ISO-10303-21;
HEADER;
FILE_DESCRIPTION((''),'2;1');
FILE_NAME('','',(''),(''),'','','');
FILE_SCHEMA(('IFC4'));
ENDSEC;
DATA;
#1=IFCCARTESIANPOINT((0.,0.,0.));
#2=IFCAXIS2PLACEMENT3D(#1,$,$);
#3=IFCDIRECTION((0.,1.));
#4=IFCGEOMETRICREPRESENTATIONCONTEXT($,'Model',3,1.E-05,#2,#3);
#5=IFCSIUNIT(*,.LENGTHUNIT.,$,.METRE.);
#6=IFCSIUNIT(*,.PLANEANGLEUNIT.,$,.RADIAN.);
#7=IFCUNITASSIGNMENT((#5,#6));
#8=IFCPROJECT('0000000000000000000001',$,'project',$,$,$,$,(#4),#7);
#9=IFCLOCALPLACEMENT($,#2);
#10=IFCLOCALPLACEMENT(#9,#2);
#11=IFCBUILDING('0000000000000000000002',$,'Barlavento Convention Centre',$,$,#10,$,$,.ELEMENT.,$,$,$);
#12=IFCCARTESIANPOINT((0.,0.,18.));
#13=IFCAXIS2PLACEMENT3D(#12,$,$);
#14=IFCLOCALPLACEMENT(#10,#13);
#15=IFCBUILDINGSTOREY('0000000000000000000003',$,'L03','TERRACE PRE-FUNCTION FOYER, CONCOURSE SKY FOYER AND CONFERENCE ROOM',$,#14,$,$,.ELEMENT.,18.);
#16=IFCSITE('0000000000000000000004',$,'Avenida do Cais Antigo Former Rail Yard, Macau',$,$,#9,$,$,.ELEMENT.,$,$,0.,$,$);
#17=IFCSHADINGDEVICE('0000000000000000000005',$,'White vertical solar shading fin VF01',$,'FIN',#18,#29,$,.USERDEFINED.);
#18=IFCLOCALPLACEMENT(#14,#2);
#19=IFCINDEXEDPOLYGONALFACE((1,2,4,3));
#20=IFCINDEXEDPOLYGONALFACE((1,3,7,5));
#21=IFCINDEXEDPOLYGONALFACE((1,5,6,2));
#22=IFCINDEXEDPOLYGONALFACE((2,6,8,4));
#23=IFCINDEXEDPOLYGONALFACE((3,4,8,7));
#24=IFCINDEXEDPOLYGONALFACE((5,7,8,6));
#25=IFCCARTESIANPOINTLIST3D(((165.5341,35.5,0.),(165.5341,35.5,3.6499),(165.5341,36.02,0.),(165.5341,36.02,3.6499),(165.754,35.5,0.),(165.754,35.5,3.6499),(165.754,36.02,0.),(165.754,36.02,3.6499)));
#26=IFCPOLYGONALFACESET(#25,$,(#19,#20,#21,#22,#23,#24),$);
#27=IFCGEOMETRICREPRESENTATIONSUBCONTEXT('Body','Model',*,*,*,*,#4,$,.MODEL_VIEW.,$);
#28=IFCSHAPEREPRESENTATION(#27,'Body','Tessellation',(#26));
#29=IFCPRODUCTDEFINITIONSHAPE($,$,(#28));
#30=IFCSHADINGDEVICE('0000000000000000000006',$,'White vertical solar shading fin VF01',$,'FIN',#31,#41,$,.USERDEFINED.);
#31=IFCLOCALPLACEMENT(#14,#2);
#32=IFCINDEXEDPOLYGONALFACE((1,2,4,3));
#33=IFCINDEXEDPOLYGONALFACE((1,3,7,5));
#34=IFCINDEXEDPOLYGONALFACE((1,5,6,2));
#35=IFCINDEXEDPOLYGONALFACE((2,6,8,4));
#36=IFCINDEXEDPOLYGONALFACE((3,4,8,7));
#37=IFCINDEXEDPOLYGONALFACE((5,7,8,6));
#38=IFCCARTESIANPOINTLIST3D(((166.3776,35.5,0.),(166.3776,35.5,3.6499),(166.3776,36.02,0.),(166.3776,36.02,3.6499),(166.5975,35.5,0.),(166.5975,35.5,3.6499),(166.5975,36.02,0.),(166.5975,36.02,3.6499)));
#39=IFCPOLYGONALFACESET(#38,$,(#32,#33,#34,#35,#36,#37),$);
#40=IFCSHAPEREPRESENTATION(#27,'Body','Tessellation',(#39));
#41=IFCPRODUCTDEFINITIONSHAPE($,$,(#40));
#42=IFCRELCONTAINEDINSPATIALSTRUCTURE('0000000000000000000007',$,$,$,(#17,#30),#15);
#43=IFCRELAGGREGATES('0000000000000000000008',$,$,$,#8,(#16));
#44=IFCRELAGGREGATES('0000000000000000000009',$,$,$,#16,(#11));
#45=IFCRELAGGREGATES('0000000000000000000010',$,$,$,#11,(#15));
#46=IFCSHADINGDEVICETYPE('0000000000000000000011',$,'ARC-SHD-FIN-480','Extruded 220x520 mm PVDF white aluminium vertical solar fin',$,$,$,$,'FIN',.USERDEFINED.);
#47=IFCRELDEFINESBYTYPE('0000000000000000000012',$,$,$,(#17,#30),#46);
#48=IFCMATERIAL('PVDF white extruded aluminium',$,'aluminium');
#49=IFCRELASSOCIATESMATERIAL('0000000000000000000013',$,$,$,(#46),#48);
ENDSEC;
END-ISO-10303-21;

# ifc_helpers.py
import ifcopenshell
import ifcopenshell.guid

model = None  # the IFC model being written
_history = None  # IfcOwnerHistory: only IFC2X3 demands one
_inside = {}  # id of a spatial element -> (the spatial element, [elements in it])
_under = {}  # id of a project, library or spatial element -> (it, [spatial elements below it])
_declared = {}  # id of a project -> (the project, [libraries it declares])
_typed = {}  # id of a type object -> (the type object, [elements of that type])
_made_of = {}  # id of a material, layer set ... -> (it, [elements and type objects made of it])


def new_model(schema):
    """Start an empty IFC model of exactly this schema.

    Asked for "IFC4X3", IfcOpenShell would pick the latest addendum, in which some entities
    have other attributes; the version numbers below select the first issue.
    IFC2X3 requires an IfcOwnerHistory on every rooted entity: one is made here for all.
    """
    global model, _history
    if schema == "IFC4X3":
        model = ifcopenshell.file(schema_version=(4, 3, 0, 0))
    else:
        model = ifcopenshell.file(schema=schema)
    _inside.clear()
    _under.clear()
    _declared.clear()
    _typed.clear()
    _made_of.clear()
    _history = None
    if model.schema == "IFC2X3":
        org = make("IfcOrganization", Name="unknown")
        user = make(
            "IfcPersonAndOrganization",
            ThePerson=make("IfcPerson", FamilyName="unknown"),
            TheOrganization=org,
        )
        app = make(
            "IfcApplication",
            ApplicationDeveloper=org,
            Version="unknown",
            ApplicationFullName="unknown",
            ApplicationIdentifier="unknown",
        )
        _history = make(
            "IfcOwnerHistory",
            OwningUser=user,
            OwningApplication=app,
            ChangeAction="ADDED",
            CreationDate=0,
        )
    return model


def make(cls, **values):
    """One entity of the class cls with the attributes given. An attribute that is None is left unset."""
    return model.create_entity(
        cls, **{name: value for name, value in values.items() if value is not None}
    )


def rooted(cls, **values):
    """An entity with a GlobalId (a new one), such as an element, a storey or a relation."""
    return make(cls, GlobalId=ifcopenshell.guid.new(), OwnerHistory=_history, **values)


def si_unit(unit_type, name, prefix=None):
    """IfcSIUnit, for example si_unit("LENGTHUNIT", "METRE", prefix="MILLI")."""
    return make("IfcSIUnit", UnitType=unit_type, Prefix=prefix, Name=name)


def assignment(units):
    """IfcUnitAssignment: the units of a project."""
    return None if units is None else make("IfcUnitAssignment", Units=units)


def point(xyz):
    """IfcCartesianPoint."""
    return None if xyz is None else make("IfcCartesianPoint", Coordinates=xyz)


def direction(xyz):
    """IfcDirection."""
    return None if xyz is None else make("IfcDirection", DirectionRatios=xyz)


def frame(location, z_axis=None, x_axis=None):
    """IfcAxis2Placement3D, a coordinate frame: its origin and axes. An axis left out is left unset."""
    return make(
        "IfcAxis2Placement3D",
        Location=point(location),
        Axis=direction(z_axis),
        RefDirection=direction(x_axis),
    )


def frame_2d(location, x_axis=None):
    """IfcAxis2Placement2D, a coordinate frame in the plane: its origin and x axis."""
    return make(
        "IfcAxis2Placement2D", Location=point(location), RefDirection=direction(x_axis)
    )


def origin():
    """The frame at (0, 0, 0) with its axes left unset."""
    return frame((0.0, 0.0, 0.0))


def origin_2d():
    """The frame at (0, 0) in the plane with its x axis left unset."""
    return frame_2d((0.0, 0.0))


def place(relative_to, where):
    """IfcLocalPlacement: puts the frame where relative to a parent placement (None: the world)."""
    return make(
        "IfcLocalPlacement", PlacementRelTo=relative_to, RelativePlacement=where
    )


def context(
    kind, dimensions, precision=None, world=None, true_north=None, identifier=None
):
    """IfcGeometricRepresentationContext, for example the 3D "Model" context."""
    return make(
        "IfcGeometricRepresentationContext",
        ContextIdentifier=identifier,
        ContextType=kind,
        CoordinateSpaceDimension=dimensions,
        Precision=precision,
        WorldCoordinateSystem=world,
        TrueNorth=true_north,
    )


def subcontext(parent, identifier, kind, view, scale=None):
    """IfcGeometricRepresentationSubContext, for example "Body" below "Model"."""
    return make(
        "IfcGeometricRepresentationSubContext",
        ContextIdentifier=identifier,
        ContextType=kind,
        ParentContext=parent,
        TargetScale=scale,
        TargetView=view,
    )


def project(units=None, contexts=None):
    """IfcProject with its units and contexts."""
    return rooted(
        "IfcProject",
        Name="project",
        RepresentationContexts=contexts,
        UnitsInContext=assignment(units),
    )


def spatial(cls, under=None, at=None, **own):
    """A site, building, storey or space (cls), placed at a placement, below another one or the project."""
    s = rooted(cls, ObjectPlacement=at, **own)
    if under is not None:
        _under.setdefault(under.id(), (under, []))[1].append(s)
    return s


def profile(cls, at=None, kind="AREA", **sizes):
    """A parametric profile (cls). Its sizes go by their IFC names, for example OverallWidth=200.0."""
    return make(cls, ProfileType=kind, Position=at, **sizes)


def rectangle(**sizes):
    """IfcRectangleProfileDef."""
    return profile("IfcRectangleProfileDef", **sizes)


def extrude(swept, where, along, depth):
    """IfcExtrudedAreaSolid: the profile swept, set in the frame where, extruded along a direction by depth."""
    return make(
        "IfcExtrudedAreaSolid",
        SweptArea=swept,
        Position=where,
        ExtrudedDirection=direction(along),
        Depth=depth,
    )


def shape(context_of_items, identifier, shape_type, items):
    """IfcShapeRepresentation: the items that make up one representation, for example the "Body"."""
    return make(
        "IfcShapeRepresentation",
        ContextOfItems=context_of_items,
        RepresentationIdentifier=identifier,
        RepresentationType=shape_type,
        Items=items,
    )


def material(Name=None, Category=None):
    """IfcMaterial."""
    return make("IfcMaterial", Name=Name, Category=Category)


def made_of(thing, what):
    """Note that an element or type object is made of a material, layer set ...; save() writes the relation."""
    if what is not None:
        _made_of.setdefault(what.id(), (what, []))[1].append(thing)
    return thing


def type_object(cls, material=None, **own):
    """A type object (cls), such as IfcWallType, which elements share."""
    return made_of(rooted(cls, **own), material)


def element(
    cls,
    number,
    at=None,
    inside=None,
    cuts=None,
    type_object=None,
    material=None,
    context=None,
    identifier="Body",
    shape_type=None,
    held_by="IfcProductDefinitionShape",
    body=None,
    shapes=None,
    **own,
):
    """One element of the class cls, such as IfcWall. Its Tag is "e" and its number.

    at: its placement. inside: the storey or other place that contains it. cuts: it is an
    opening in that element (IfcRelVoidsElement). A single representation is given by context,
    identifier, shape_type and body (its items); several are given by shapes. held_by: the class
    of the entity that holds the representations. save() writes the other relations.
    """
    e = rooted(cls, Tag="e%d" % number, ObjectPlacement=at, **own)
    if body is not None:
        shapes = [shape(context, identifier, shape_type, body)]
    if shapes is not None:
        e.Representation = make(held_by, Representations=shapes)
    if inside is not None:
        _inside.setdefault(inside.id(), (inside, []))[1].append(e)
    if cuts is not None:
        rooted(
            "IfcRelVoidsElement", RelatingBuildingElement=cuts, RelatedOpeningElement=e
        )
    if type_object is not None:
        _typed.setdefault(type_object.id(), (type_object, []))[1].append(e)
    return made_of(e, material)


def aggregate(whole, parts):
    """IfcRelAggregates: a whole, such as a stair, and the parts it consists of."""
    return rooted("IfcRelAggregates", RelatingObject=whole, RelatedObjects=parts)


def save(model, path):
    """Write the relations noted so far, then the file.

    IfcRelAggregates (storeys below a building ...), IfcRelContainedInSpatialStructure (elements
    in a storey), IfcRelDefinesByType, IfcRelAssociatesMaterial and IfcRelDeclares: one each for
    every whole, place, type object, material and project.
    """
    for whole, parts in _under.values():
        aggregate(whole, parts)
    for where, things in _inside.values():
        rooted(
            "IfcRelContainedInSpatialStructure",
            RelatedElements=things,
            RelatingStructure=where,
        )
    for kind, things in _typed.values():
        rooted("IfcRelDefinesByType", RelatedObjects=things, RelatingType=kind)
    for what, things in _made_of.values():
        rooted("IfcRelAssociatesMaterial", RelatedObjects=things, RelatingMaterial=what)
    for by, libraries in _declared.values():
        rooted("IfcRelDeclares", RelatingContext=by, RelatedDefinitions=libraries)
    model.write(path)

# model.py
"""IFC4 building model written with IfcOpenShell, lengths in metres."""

from ifc_helpers import new_model, si_unit, direction, frame, origin, origin_2d, place, context, subcontext, project, spatial, rectangle, extrude, material, type_object, element, save


model = new_model("IFC4")

# Units and contexts
model_context = context("Model", 3, precision=1e-05, world=origin(), true_north=direction((0.0, 1.0)))
body_context = subcontext(model_context, "Body", "Model", "MODEL_VIEW")
ifc_project = project(units=[si_unit("LENGTHUNIT", "METRE"), si_unit("PLANEANGLEUNIT", "RADIAN")], contexts=[model_context])

# Site, building, storey
site_placement = place(None, origin())
site = spatial("IfcSite", under=ifc_project, at=site_placement, Name="Avenida do Cais Antigo Former Rail Yard, Macau", CompositionType="ELEMENT", RefElevation=0.0)
building_placement = place(site_placement, origin())
building = spatial("IfcBuilding", under=site, at=building_placement, Name="Barlavento Convention Centre", CompositionType="ELEMENT")
storey_placement = place(building_placement, frame((0.0, 0.0, 18.0)))
storey = spatial("IfcBuildingStorey", under=building, at=storey_placement, Name="L03", Description="TERRACE PRE-FUNCTION FOYER, CONCOURSE SKY FOYER AND CONFERENCE ROOM", CompositionType="ELEMENT", Elevation=18.0)

# Shading devices
ifc_material_1 = material(Name="PVDF white extruded aluminium", Category="aluminium")
shading_device_type = type_object("IfcShadingDeviceType", Name="ARC-SHD-FIN-480", Description="Extruded 220x520 mm PVDF white aluminium vertical solar fin", ElementType="FIN", PredefinedType="USERDEFINED", material=ifc_material_1)
for number, where, z_axis, x_axis, name in (
    (1, (165.644, 35.76, 0.0), (0.0, 0.0, 1.0), (1.0, 0.0, 0.0), "White vertical solar shading fin VF01"),
    (2, (166.4875, 35.76, 0.0), (0.0, 0.0, 1.0), (1.0, 0.0, 0.0), "White vertical solar shading fin VF01"),
):
    element("IfcShadingDevice", number, at=place(storey_placement, frame(where, z_axis=z_axis, x_axis=x_axis)), inside=storey, type_object=shading_device_type, Name=name, ObjectType="FIN", PredefinedType="USERDEFINED", context=body_context, shape_type="SweptSolid", body=[
        extrude(rectangle(XDim=0.22, YDim=0.52, at=origin_2d()), origin(), (0.0, 0.0, 1.0), 3.6499),
    ])

save(model, "model.ifc")
